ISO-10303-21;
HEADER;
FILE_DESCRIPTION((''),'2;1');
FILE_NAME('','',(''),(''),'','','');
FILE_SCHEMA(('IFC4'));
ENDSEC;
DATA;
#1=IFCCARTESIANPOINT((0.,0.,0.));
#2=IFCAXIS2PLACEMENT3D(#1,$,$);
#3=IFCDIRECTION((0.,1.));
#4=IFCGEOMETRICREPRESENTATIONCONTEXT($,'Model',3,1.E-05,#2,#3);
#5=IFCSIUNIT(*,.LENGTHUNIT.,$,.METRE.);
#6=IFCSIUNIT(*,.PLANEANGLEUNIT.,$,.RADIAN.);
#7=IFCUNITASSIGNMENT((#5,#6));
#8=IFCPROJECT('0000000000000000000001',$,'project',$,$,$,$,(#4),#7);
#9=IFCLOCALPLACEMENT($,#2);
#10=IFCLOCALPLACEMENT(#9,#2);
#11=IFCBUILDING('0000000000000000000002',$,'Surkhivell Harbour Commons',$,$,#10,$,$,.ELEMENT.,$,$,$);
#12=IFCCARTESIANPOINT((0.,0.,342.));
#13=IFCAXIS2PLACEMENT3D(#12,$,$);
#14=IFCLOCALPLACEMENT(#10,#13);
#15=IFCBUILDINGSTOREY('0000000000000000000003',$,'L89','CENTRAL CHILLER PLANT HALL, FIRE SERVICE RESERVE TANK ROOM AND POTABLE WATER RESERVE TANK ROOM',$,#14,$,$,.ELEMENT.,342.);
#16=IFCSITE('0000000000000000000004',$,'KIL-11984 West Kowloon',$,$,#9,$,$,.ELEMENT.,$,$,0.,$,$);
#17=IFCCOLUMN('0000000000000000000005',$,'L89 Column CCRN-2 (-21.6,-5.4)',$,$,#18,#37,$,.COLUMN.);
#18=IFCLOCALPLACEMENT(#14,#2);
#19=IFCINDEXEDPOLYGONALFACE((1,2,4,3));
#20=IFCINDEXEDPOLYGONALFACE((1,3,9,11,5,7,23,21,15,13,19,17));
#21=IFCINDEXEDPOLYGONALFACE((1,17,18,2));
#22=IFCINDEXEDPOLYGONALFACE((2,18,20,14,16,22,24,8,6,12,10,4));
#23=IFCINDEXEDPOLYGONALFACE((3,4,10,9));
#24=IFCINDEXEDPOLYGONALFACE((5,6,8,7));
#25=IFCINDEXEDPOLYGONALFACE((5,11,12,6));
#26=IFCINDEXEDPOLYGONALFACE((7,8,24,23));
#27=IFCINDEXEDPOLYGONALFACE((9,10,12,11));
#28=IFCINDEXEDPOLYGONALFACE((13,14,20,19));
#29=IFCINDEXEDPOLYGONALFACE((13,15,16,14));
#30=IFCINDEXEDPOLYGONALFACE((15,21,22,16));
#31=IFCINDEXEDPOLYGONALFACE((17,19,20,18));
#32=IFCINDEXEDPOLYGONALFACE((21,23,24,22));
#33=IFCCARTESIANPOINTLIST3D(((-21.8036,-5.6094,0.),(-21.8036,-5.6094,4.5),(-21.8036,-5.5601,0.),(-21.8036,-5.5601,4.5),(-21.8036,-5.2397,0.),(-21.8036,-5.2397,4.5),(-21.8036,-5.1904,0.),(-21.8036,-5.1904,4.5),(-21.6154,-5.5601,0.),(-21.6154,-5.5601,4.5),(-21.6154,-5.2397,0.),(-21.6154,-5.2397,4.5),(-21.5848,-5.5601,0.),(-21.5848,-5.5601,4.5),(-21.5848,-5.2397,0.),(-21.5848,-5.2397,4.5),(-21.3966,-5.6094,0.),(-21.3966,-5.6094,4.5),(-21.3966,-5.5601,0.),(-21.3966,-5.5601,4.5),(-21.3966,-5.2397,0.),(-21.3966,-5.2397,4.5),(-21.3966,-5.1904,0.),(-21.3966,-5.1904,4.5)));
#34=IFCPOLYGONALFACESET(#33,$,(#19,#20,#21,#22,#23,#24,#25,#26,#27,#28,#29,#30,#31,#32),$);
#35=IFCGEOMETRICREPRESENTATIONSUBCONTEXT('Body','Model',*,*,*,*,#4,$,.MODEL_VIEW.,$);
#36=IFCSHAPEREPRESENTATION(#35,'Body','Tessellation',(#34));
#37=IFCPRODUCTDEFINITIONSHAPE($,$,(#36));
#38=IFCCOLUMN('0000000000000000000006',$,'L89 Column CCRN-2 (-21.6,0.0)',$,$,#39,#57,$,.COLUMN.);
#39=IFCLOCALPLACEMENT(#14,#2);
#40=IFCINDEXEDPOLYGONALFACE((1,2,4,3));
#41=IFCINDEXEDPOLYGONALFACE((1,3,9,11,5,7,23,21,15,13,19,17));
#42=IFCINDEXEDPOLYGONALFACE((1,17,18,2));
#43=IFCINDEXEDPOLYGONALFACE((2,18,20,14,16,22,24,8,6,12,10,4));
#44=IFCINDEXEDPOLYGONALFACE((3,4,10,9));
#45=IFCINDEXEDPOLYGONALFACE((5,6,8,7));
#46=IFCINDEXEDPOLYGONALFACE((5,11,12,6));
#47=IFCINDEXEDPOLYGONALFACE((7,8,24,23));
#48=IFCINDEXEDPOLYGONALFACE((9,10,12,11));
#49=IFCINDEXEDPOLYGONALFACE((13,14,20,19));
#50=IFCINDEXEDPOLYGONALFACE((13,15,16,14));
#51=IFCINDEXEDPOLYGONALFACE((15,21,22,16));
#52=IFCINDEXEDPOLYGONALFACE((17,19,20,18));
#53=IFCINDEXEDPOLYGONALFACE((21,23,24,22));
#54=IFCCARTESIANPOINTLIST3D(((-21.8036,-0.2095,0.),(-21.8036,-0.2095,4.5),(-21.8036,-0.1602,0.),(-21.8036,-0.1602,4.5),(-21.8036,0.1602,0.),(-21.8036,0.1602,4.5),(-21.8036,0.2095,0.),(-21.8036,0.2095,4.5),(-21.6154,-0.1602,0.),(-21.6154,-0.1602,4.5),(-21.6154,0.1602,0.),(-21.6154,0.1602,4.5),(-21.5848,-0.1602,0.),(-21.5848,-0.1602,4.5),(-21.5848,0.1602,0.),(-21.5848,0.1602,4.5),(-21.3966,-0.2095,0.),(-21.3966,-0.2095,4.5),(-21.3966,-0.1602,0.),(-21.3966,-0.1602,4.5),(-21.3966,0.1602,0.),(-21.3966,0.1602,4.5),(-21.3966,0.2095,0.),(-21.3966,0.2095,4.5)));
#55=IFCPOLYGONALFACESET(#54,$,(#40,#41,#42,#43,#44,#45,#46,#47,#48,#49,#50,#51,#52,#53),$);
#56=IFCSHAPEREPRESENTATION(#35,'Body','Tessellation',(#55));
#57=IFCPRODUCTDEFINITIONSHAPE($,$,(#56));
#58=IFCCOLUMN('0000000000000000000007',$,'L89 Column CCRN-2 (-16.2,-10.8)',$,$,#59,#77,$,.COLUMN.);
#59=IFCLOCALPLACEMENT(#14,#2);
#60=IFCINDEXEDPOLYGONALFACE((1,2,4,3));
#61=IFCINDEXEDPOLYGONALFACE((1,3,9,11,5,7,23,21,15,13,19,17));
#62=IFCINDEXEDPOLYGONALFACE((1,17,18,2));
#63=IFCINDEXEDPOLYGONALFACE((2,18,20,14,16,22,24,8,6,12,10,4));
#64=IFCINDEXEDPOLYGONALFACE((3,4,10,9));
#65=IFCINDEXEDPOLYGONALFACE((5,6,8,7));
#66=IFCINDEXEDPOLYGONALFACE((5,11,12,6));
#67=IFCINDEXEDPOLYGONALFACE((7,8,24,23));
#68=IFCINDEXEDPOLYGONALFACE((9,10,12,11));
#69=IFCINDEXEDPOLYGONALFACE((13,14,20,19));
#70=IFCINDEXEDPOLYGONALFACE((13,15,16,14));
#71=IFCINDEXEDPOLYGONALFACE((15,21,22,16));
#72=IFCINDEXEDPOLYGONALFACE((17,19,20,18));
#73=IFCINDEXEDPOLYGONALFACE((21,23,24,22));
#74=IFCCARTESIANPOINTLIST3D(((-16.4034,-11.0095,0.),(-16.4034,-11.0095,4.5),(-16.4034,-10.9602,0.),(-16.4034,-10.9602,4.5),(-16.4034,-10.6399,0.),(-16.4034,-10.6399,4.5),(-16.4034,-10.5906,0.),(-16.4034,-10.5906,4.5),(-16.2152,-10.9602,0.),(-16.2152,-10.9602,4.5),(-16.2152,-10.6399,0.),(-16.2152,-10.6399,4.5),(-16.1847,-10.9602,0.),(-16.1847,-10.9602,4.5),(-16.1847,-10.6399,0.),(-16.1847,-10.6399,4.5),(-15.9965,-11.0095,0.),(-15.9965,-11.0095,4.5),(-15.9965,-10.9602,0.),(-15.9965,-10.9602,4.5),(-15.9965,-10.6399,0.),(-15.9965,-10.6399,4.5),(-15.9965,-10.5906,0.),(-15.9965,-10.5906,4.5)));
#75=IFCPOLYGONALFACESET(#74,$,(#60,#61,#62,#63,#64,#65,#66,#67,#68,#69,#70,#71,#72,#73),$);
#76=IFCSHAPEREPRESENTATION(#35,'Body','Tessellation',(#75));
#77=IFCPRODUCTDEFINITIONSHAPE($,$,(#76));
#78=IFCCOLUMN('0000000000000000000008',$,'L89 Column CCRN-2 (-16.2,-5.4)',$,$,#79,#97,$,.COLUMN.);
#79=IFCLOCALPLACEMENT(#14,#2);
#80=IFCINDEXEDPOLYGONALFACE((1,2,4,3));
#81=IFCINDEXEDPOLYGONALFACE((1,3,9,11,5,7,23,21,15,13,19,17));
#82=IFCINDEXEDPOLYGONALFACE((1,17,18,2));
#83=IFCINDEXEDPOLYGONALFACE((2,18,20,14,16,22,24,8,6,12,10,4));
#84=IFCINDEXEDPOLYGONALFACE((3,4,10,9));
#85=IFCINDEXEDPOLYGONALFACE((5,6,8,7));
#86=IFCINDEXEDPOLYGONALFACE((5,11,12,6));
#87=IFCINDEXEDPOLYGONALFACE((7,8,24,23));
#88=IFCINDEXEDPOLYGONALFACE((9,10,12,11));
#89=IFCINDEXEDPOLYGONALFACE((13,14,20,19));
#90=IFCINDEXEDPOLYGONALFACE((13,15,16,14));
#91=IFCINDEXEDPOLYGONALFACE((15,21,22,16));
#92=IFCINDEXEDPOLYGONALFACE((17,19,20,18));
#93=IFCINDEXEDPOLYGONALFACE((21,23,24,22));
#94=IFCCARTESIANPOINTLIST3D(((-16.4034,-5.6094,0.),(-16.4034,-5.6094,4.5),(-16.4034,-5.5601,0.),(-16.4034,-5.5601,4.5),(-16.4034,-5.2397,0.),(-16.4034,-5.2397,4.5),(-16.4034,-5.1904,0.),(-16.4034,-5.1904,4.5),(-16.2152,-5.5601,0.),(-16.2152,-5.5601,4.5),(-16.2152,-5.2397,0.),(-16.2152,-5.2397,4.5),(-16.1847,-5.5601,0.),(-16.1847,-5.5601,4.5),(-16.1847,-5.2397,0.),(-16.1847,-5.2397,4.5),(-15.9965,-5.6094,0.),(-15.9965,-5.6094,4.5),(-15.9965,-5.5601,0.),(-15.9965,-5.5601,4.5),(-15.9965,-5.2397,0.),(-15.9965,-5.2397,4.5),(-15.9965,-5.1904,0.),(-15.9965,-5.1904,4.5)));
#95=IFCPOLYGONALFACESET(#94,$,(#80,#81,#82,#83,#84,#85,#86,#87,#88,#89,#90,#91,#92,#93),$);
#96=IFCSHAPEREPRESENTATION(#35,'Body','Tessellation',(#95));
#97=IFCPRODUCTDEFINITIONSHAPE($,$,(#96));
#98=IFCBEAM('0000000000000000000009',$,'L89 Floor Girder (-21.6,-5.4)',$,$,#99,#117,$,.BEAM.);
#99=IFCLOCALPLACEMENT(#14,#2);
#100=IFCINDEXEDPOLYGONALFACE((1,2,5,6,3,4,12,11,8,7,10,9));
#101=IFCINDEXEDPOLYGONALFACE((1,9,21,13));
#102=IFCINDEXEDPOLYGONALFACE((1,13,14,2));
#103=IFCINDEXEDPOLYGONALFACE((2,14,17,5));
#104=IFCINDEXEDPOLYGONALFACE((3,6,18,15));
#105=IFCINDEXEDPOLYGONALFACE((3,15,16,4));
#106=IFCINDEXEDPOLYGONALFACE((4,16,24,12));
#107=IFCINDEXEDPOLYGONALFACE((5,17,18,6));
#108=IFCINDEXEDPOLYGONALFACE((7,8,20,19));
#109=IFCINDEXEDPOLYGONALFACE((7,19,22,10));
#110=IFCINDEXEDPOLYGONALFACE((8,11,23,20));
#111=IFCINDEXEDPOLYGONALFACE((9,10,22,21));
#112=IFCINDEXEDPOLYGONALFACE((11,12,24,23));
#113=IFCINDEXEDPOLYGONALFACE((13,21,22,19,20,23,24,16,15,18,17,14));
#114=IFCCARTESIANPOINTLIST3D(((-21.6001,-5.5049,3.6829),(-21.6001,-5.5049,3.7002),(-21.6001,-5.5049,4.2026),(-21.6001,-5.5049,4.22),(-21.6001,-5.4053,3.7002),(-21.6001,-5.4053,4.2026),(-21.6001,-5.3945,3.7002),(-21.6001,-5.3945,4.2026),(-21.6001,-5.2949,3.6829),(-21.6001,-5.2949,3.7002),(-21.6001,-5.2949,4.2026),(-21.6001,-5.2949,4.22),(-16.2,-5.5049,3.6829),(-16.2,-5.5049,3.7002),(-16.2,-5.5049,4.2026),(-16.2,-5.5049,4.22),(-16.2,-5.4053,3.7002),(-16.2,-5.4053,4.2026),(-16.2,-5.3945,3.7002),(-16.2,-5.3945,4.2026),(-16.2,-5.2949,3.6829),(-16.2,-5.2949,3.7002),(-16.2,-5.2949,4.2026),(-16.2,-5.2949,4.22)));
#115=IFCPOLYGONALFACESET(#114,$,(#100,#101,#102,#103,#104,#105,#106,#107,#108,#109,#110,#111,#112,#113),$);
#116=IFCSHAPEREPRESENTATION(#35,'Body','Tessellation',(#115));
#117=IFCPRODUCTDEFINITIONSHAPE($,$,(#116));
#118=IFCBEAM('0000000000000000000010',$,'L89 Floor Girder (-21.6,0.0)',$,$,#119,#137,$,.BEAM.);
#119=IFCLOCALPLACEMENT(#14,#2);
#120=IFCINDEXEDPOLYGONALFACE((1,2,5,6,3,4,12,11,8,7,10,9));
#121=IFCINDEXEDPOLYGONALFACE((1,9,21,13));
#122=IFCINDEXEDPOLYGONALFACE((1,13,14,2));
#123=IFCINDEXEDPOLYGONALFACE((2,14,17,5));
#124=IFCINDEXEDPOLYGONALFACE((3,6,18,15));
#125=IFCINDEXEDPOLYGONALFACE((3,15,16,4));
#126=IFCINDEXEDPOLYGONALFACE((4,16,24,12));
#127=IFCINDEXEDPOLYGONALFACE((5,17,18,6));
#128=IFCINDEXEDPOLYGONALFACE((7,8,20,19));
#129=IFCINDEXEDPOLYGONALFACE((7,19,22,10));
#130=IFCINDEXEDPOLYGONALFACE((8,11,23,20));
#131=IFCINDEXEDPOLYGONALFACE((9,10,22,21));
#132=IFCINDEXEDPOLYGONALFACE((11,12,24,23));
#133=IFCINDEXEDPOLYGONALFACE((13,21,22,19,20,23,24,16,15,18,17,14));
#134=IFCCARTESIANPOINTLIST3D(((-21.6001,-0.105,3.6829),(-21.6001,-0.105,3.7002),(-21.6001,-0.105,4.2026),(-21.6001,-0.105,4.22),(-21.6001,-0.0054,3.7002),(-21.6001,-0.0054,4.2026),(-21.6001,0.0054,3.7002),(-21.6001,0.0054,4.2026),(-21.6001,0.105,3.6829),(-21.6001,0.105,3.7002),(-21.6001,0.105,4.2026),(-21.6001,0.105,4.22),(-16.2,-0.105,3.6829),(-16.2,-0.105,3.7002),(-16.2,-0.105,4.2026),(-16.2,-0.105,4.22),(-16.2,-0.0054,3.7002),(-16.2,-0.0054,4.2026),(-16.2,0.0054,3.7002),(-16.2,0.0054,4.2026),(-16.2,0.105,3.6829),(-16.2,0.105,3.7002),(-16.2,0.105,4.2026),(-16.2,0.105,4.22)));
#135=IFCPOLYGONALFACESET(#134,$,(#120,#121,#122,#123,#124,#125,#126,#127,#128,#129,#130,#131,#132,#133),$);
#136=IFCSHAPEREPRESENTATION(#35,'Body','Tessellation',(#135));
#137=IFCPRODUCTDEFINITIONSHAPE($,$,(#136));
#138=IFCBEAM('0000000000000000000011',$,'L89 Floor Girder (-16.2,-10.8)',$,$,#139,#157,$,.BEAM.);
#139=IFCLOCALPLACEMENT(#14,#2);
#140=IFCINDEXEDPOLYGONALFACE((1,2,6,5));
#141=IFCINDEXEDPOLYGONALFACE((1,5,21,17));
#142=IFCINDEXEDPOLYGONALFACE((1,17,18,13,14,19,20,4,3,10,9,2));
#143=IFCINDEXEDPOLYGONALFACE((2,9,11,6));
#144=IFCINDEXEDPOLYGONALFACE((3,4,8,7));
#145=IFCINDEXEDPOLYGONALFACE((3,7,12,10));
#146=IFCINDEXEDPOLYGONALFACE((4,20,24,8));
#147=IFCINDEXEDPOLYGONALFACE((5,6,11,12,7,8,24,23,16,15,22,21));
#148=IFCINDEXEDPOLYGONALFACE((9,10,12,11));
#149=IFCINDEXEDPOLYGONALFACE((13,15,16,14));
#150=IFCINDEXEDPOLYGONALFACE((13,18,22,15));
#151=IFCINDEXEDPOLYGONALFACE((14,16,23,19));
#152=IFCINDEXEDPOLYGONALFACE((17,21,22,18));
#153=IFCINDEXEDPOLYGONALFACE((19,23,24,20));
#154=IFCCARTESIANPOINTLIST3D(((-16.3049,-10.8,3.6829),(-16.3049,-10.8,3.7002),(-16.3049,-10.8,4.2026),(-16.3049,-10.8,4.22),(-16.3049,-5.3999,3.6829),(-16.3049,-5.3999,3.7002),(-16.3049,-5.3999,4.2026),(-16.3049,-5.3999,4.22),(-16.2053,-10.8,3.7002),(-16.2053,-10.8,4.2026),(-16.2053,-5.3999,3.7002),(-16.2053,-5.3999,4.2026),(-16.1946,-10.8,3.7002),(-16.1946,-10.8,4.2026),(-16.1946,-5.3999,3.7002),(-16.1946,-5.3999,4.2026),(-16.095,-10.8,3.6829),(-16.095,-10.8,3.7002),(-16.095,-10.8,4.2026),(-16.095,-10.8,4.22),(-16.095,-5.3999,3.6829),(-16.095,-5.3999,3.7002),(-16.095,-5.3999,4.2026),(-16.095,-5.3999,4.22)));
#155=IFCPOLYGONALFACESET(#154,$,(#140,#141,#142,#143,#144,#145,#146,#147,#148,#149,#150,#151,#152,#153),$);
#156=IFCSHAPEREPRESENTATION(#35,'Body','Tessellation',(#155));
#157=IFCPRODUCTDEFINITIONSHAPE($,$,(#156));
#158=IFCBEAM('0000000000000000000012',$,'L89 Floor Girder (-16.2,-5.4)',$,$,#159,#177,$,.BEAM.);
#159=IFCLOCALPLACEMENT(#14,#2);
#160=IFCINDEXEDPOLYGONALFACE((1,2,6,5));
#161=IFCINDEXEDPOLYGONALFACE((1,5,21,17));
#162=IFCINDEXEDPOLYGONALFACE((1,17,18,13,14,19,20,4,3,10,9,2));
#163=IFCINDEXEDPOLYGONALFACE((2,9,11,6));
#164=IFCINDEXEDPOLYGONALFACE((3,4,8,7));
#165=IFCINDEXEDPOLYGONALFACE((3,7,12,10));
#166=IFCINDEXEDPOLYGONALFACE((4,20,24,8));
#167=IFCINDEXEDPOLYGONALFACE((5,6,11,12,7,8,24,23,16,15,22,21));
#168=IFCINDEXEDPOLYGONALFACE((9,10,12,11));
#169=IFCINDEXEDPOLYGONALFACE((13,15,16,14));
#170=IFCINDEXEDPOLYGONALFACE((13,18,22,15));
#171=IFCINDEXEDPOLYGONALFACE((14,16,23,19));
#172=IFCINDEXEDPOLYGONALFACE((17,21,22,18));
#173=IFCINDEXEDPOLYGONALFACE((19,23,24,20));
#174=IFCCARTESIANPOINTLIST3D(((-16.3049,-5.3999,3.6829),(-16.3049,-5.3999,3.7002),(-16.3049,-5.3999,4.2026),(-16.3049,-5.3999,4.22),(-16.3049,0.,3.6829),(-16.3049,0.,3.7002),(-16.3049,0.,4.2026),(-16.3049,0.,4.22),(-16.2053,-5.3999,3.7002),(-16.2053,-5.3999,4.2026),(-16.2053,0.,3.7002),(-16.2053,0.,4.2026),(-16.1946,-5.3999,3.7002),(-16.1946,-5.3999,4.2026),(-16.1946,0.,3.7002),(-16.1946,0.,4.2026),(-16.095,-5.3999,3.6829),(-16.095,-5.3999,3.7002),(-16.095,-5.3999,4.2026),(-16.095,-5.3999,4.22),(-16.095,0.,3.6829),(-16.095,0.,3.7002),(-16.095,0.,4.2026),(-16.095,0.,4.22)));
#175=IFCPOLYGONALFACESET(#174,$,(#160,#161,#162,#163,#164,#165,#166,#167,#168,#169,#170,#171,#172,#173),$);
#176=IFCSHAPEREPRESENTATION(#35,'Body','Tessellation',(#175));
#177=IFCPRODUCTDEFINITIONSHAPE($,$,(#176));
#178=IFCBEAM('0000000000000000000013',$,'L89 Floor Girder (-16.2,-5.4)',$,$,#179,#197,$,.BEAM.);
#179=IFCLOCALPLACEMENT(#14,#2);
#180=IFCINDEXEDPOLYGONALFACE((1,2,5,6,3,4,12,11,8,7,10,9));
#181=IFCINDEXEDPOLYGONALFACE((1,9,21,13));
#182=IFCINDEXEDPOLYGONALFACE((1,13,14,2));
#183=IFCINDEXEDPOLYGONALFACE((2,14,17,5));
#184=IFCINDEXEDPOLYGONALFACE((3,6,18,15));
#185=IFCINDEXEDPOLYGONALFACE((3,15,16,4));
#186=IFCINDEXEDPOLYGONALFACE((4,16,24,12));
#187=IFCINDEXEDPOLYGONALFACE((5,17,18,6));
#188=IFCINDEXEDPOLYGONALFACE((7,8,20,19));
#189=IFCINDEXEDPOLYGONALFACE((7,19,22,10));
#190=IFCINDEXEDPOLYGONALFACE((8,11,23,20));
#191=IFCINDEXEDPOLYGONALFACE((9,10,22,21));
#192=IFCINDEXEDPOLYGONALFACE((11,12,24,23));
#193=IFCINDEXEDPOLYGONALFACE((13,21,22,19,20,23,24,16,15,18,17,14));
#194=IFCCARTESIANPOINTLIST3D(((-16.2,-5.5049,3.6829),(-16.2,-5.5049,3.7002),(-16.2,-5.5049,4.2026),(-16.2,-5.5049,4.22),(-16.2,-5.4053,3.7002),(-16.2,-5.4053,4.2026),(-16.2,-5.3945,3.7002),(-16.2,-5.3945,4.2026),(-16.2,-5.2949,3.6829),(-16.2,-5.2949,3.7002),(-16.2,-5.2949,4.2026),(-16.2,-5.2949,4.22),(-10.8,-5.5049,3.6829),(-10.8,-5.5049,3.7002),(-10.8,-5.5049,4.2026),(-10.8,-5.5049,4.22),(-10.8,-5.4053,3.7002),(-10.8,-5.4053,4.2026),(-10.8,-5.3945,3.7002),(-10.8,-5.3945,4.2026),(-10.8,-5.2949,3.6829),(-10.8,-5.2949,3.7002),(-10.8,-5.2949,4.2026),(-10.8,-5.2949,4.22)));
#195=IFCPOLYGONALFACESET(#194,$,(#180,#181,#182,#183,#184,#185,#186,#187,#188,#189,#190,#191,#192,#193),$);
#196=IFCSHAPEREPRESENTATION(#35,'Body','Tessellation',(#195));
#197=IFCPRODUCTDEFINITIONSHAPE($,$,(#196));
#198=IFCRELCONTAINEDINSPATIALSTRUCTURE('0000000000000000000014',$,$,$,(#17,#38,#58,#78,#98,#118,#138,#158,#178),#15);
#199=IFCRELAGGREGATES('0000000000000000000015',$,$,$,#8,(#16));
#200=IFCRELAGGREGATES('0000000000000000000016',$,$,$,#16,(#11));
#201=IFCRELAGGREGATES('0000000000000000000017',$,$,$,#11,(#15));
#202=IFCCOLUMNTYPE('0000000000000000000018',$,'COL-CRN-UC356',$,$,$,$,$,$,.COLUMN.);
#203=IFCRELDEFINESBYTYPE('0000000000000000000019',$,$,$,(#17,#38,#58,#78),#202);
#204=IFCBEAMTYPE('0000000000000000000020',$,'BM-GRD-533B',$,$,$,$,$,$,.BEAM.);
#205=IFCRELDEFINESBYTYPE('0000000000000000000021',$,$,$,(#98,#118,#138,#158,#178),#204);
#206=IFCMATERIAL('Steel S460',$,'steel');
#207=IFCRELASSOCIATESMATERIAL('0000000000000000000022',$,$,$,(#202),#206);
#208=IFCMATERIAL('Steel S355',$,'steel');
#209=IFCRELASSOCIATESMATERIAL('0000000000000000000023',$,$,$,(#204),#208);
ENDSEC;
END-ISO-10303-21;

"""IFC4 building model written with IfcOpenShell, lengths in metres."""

from ifc_helpers import new_model, si_unit, direction, frame, origin, origin_2d, place, context, subcontext, project, spatial, i_section, extrude, material, material_profile, profile_set, type_object, element, save


model = new_model("IFC4")

# Units and contexts
model_context = context("Model", 3, precision=1e-05, world=origin(), true_north=direction((0.0, 1.0)))
body_context = subcontext(model_context, "Body", "Model", "MODEL_VIEW")
ifc_project = project(units=[si_unit("LENGTHUNIT", "METRE"), si_unit("PLANEANGLEUNIT", "RADIAN")], contexts=[model_context])

# Site, building, storey
site_placement = place(None, origin())
site = spatial("IfcSite", under=ifc_project, at=site_placement, Name="KIL-11984 West Kowloon", CompositionType="ELEMENT", RefElevation=0.0)
building_placement = place(site_placement, origin())
building = spatial("IfcBuilding", under=site, at=building_placement, Name="Surkhivell Harbour Commons", CompositionType="ELEMENT")
storey_placement = place(building_placement, frame((0.0, 0.0, 342.0)))
storey = spatial("IfcBuildingStorey", under=building, at=storey_placement, Name="L89", Description="CENTRAL CHILLER PLANT HALL, FIRE SERVICE RESERVE TANK ROOM AND POTABLE WATER RESERVE TANK ROOM", CompositionType="ELEMENT", Elevation=342.0)

# Columns
ifc_material_1 = material(Name="Steel S460", Category="steel")
ifc_material_profile_1 = material_profile(ifc_material_1, i_section(OverallWidth=0.407, OverallDepth=0.4189, WebThickness=0.0305, FlangeThickness=0.0493, at=origin_2d()), Name="UC356x406x393")
ifc_profile_set_1 = profile_set([ifc_material_profile_1], Name="Steel S460")
column_type = type_object("IfcColumnType", Name="COL-CRN-UC356", PredefinedType="COLUMN", material=ifc_profile_set_1)
for number, where, z_axis, x_axis, name in (
    (1, (-21.6001, -5.3999, 0.0), (0.0, 0.0, 1.0), (1.0, 0.0, 0.0), "L89 Column CCRN-2 (-21.6,-5.4)"),
    (2, (-21.6001, 0.0, 0.0), (0.0, 0.0, 1.0), (1.0, 0.0, 0.0), "L89 Column CCRN-2 (-21.6,0.0)"),
    (3, (-16.2, -10.8, 0.0), (0.0, 0.0, 1.0), (1.0, 0.0, 0.0), "L89 Column CCRN-2 (-16.2,-10.8)"),
    (4, (-16.2, -5.3999, 0.0), (0.0, 0.0, 1.0), (1.0, 0.0, 0.0), "L89 Column CCRN-2 (-16.2,-5.4)"),
):
    element("IfcColumn", number, at=place(storey_placement, frame(where, z_axis=z_axis, x_axis=x_axis)), inside=storey, type_object=column_type, Name=name, PredefinedType="COLUMN", context=body_context, shape_type="SweptSolid", body=[
        extrude(i_section(OverallWidth=0.407, OverallDepth=0.4189, WebThickness=0.0305, FlangeThickness=0.0493, at=origin_2d()), origin(), (0.0, 0.0, 1.0), 4.5),
    ])

# Beams
ifc_material_2 = material(Name="Steel S355", Category="steel")
ifc_material_profile_2 = material_profile(ifc_material_2, i_section(OverallWidth=0.21, OverallDepth=0.5371, WebThickness=0.0107, FlangeThickness=0.0173, at=origin_2d()), Name="UB533x210x101")
ifc_profile_set_2 = profile_set([ifc_material_profile_2], Name="Steel S355")
beam_type_1 = type_object("IfcBeamType", Name="BM-GRD-533B", PredefinedType="BEAM", material=ifc_profile_set_2)
for number, where, z_axis, x_axis, name in (
    (5, (-21.6001, -5.3999, 3.9514), (1.0, 0.0, 0.0), (0.0, 1.0, 0.0), "L89 Floor Girder (-21.6,-5.4)"),
    (6, (-21.6001, 0.0, 3.9514), (1.0, 0.0, 0.0), (0.0, 1.0, 0.0), "L89 Floor Girder (-21.6,0.0)"),
    (7, (-16.2, -10.8, 3.9514), (0.0, 1.0, 0.0), (-1.0, 0.0, 0.0), "L89 Floor Girder (-16.2,-10.8)"),
):
    element("IfcBeam", number, at=place(storey_placement, frame(where, z_axis=z_axis, x_axis=x_axis)), inside=storey, type_object=beam_type_1, Name=name, PredefinedType="BEAM", context=body_context, shape_type="SweptSolid", body=[
        extrude(i_section(OverallWidth=0.21, OverallDepth=0.5371, WebThickness=0.0107, FlangeThickness=0.0173, at=origin_2d()), origin(), (0.0, 0.0, 1.0), 5.4001),
    ])
for number, where, z_axis, x_axis, name in (
    (8, (-16.2, -5.3999, 3.9514), (0.0, 1.0, 0.0), (-1.0, 0.0, 0.0), "L89 Floor Girder (-16.2,-5.4)"),
    (9, (-16.2, -5.3999, 3.9514), (1.0, 0.0, 0.0), (0.0, 1.0, 0.0), "L89 Floor Girder (-16.2,-5.4)"),
):
    element("IfcBeam", number, at=place(storey_placement, frame(where, z_axis=z_axis, x_axis=x_axis)), inside=storey, type_object=beam_type_1, Name=name, PredefinedType="BEAM", context=body_context, shape_type="SweptSolid", body=[
        extrude(i_section(OverallWidth=0.21, OverallDepth=0.5371, WebThickness=0.0107, FlangeThickness=0.0173, at=origin_2d()), origin(), (0.0, 0.0, 1.0), 5.3999),
    ])

save(model, "model.ifc")
